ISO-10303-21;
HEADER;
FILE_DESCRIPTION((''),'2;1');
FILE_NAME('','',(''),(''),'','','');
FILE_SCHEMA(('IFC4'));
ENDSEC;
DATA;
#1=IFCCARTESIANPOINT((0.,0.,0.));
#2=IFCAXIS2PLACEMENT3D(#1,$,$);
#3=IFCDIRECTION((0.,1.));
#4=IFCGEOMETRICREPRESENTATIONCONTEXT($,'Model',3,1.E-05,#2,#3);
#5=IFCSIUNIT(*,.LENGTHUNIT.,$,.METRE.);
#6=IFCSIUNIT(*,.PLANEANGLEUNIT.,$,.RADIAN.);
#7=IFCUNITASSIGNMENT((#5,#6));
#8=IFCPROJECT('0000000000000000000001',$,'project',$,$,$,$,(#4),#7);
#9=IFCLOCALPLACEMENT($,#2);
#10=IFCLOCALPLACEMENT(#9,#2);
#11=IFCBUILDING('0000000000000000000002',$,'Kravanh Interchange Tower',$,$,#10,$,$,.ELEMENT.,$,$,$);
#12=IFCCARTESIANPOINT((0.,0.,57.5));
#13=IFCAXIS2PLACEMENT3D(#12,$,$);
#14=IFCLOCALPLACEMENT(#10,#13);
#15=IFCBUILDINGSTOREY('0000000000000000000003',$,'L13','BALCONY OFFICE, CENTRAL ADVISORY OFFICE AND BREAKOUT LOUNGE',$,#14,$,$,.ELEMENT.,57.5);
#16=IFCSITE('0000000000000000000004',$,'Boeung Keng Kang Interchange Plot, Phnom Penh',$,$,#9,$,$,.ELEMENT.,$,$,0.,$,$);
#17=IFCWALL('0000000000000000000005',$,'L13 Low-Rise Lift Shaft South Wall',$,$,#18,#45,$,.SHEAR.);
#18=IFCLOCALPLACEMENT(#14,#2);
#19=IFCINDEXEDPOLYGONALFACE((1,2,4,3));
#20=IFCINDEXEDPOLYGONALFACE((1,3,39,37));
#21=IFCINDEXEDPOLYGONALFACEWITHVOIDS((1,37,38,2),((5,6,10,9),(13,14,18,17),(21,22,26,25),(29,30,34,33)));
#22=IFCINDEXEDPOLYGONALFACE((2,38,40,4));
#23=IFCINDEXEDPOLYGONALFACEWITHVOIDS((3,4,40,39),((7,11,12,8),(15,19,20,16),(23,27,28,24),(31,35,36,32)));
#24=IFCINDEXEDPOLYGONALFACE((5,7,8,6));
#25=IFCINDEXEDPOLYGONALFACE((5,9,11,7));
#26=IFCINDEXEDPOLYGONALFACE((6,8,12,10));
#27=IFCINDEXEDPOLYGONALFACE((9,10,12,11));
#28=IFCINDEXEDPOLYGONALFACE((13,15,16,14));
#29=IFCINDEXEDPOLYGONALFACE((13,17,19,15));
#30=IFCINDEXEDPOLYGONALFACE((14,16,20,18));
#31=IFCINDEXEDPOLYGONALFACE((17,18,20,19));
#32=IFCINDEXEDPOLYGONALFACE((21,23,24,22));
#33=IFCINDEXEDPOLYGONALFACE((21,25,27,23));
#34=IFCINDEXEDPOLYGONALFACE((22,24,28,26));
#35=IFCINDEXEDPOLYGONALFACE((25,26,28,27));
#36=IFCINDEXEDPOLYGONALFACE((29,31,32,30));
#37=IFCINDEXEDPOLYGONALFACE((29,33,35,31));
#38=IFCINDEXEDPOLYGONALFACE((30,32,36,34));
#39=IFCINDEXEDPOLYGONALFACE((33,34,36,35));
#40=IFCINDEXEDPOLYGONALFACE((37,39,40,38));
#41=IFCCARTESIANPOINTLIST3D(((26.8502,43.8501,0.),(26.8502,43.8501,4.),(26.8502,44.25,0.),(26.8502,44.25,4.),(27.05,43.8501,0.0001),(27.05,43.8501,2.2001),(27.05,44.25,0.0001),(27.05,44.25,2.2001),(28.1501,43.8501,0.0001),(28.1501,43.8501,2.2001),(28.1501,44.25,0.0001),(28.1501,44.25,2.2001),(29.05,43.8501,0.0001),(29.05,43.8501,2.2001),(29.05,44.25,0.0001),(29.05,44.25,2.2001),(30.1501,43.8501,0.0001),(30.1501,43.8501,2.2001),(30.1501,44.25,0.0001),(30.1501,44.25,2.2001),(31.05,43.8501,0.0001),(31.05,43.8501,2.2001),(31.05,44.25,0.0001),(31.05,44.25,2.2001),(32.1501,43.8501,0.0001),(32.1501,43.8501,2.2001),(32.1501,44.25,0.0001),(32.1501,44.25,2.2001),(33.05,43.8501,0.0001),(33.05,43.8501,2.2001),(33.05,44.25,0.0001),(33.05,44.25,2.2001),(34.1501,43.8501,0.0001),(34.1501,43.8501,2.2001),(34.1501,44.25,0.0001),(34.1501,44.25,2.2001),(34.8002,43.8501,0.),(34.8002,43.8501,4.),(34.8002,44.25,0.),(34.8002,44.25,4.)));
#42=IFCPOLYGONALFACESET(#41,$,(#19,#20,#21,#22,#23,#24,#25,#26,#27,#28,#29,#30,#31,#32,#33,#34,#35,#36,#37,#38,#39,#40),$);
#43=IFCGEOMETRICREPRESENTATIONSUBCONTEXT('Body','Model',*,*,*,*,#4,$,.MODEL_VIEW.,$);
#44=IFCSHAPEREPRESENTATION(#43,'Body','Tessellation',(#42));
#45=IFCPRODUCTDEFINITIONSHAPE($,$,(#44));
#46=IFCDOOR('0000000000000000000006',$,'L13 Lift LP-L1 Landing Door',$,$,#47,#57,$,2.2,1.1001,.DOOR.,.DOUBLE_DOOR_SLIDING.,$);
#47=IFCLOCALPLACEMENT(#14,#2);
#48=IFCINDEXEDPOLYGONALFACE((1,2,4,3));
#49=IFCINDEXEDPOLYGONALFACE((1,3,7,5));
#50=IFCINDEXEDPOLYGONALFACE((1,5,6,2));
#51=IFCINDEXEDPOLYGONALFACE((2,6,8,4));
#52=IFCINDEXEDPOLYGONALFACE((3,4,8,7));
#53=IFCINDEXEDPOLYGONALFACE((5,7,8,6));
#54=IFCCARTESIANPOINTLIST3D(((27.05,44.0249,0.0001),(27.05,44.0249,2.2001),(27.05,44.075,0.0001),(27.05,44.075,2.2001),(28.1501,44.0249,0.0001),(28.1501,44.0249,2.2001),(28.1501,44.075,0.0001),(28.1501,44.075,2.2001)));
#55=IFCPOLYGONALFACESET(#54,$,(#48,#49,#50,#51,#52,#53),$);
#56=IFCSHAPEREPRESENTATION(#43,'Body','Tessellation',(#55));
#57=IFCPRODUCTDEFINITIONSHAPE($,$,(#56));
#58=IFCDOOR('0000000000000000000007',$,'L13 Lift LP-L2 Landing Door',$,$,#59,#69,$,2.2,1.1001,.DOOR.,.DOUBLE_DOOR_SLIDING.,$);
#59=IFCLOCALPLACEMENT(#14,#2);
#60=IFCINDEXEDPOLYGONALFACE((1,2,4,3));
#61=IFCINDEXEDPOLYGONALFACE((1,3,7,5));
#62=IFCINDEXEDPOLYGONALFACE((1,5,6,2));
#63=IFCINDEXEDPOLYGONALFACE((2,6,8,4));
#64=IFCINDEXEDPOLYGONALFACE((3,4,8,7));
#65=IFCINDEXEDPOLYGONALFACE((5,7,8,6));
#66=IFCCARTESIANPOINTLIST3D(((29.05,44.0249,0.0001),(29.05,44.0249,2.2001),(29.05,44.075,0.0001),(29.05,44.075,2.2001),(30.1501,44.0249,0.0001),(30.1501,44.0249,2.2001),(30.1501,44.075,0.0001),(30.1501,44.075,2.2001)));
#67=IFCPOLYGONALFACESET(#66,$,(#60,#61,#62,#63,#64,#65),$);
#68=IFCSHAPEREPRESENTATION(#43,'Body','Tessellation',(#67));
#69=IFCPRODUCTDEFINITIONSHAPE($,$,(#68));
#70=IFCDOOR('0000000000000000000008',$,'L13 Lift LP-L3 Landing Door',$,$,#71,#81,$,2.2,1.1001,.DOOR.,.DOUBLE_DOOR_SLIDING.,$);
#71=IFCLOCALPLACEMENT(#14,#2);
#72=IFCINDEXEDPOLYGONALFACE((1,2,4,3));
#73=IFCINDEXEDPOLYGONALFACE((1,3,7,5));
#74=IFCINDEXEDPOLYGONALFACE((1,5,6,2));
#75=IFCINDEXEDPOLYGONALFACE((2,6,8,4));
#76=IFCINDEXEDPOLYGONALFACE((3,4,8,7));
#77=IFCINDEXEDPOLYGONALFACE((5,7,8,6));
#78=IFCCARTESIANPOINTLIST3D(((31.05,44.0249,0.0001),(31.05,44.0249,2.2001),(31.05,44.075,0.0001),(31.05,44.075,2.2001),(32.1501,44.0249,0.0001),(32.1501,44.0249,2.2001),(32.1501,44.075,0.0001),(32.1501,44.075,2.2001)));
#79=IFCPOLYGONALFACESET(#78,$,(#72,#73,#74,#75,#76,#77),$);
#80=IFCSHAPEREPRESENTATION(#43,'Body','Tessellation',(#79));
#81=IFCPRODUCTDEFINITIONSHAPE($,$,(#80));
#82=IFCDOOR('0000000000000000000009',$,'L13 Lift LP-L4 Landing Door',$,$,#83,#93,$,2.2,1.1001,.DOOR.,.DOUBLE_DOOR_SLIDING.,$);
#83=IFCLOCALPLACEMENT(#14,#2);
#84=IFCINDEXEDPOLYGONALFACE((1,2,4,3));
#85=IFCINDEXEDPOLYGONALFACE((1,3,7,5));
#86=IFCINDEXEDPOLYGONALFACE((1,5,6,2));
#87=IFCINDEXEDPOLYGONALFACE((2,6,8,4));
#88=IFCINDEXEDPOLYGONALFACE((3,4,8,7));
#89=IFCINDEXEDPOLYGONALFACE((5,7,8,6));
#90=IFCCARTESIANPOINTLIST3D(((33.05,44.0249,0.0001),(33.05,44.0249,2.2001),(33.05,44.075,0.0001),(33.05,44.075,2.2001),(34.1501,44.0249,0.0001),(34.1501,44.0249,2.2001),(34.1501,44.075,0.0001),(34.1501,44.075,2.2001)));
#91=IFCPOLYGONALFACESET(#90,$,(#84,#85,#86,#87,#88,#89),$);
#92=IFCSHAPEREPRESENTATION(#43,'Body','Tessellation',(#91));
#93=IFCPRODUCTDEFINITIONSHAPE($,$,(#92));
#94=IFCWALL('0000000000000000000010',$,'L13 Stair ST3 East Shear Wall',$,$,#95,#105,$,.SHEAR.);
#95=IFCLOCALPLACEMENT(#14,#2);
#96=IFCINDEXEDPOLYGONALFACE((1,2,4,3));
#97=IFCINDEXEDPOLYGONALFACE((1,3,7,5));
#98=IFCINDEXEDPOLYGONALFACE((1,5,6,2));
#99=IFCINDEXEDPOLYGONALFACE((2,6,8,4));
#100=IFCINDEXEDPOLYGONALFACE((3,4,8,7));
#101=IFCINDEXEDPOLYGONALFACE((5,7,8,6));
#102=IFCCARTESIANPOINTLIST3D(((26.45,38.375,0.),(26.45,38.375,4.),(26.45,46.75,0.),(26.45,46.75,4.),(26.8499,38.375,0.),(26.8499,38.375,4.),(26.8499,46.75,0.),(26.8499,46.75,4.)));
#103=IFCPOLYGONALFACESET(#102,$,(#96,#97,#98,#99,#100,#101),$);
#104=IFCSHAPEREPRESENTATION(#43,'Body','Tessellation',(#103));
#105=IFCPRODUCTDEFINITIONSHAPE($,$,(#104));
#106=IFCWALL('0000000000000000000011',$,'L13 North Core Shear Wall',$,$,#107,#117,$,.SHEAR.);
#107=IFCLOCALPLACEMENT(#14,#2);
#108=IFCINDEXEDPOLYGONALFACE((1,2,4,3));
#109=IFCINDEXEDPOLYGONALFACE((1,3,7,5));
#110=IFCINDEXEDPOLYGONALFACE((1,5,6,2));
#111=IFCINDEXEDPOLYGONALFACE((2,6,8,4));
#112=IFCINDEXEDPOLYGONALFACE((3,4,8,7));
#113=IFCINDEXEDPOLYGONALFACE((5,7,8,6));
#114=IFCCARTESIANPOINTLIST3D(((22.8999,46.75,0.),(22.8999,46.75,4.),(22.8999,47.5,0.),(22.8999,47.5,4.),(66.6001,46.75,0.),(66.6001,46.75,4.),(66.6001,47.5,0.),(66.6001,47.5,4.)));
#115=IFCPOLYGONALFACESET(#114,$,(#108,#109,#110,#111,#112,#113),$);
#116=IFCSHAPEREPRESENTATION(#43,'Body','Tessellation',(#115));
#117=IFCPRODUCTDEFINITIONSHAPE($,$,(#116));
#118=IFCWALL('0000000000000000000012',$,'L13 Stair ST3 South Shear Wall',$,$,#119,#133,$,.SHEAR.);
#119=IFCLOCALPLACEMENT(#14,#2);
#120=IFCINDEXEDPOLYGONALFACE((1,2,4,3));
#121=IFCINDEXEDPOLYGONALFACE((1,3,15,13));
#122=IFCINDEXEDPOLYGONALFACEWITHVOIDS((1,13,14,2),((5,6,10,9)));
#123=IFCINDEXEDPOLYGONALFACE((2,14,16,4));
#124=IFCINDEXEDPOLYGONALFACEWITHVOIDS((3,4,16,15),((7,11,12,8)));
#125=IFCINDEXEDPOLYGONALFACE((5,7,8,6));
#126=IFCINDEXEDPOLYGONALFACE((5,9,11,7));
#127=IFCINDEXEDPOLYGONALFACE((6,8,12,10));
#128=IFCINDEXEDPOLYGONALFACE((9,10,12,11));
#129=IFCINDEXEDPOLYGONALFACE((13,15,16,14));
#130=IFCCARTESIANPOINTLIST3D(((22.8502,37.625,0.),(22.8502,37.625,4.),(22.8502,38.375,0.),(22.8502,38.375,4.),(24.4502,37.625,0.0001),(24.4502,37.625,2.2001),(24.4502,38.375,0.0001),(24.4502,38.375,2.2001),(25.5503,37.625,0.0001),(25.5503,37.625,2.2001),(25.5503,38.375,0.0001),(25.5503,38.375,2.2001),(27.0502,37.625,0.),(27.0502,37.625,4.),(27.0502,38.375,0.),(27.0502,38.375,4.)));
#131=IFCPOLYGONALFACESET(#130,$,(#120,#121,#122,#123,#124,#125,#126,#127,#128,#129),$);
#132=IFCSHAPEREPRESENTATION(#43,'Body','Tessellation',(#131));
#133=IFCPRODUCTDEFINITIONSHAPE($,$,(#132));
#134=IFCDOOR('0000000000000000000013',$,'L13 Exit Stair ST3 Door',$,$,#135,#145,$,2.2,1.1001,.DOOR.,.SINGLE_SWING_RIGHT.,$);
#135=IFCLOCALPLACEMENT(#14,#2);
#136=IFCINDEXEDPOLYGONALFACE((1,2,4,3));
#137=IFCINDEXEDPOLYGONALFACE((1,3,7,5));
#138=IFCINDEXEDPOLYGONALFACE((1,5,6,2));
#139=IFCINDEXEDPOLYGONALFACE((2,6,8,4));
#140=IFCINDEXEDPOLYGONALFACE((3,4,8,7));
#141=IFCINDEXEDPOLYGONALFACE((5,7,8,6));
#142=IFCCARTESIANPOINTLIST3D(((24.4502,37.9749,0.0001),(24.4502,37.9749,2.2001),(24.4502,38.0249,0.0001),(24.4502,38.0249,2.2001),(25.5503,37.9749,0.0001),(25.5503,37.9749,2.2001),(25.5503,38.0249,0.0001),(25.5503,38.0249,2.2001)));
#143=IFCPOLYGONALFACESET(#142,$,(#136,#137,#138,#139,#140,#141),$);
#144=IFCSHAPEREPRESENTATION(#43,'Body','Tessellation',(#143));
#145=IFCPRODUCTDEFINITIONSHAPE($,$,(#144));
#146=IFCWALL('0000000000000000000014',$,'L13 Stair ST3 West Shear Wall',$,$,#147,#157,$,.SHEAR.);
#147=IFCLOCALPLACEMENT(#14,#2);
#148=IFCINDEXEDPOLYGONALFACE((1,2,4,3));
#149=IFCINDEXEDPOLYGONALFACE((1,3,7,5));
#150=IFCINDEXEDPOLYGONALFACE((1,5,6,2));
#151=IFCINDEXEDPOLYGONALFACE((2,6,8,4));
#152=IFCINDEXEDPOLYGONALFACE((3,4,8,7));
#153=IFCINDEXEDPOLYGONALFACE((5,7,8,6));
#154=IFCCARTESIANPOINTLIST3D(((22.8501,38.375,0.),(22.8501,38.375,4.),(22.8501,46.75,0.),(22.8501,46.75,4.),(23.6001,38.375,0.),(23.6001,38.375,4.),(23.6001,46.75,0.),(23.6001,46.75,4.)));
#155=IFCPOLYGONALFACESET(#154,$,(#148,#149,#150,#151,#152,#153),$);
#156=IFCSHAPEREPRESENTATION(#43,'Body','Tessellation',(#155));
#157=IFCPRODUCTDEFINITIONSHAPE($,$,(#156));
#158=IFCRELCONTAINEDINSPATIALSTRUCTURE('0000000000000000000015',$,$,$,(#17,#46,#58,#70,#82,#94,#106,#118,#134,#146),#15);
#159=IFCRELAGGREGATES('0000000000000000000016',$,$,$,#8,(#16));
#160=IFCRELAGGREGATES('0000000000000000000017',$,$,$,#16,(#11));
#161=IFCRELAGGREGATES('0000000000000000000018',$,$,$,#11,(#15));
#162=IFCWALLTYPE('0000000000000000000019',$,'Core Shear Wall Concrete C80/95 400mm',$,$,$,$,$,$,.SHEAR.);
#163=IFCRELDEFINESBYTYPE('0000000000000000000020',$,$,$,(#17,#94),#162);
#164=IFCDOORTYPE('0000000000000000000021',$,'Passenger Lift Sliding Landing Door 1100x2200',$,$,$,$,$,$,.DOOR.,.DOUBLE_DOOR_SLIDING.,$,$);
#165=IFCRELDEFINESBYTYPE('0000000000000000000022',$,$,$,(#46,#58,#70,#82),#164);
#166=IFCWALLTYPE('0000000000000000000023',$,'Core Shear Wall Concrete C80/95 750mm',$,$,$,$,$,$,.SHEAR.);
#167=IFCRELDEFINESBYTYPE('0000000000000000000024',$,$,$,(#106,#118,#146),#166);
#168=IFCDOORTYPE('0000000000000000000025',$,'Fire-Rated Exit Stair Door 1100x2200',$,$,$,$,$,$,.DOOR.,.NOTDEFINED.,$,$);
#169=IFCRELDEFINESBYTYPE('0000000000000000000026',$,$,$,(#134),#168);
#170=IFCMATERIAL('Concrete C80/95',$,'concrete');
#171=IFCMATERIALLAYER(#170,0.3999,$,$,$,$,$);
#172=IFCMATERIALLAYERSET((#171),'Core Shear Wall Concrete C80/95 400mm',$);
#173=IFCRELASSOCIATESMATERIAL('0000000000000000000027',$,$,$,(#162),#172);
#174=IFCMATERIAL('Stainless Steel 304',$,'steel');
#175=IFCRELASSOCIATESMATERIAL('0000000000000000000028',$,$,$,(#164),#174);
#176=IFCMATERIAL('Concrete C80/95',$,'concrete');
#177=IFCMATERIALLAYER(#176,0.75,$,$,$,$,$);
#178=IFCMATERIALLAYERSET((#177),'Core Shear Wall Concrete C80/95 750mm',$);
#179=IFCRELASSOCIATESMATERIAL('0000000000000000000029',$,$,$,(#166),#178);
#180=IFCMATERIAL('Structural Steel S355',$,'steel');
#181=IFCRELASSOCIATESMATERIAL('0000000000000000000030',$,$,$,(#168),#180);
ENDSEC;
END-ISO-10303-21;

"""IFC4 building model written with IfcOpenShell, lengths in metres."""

from ifc_helpers import new_model, si_unit, direction, frame, frame_2d, origin, place, context, subcontext, project, spatial, rectangle, extrude, material, layer, layer_set, type_object, element, fill, save


model = new_model("IFC4")

# Units and contexts
model_context = context("Model", 3, precision=1e-05, world=origin(), true_north=direction((0.0, 1.0)))
body_context = subcontext(model_context, "Body", "Model", "MODEL_VIEW")
ifc_project = project(units=[si_unit("LENGTHUNIT", "METRE"), si_unit("PLANEANGLEUNIT", "RADIAN")], contexts=[model_context])

# Site, building, storey
site_placement = place(None, origin())
site = spatial("IfcSite", under=ifc_project, at=site_placement, Name="Boeung Keng Kang Interchange Plot, Phnom Penh", CompositionType="ELEMENT", RefElevation=0.0)
building_placement = place(site_placement, origin())
building = spatial("IfcBuilding", under=site, at=building_placement, Name="Kravanh Interchange Tower", CompositionType="ELEMENT")
storey_placement = place(building_placement, frame((0.0, 0.0, 57.5)))
storey = spatial("IfcBuildingStorey", under=building, at=storey_placement, Name="L13", Description="BALCONY OFFICE, CENTRAL ADVISORY OFFICE AND BREAKOUT LOUNGE", CompositionType="ELEMENT", Elevation=57.5)

# Wall, openings, doors
ifc_material_1 = material(Name="Concrete C80/95", Category="concrete")
ifc_layer_1 = layer(ifc_material_1, 0.3999)
ifc_layer_set_1 = layer_set([ifc_layer_1], Name="Core Shear Wall Concrete C80/95 400mm")
wall_type_1 = type_object("IfcWallType", Name="Core Shear Wall Concrete C80/95 400mm", PredefinedType="SHEAR", material=ifc_layer_set_1)
wall_1_placement = place(storey_placement, frame((26.8501, 44.05, 0.0), z_axis=(0.0, 0.0, 1.0), x_axis=(1.0, 0.0, 0.0)))
wall_1 = element("IfcWall", 1, at=wall_1_placement, inside=storey, type_object=wall_type_1, Name="L13 Low-Rise Lift Shaft South Wall", PredefinedType="SHEAR", context=body_context, shape_type="SweptSolid", body=[
    extrude(rectangle(XDim=7.95, YDim=0.3999, at=frame_2d((3.9751, 0.0))), origin(), (0.0, 0.0, 1.0), 4.0),
])
opening_1_placement = place(wall_1_placement, frame((0.2, 0.0, 0.0)))
opening_1 = element("IfcOpeningElement", 2, at=opening_1_placement, cuts=wall_1, PredefinedType="OPENING", context=body_context, shape_type="SweptSolid", body=[
    extrude(rectangle(XDim=1.1001, YDim=2.2, at=frame_2d((0.55, 1.1001))), frame((0.0, 0.21, 0.0), z_axis=(0.0, -1.0, 0.0), x_axis=(1.0, 0.0, 0.0)), (0.0, 0.0, 1.0), 0.4199),
])
opening_2_placement = place(wall_1_placement, frame((2.2, 0.0, 0.0)))
opening_2 = element("IfcOpeningElement", 3, at=opening_2_placement, cuts=wall_1, PredefinedType="OPENING", context=body_context, shape_type="SweptSolid", body=[
    extrude(rectangle(XDim=1.1001, YDim=2.2, at=frame_2d((0.55, 1.1001))), frame((0.0, 0.21, 0.0), z_axis=(0.0, -1.0, 0.0), x_axis=(1.0, 0.0, 0.0)), (0.0, 0.0, 1.0), 0.4199),
])
opening_3_placement = place(wall_1_placement, frame((4.2, 0.0, 0.0)))
opening_3 = element("IfcOpeningElement", 4, at=opening_3_placement, cuts=wall_1, PredefinedType="OPENING", context=body_context, shape_type="SweptSolid", body=[
    extrude(rectangle(XDim=1.1001, YDim=2.2, at=frame_2d((0.55, 1.1001))), frame((0.0, 0.21, 0.0), z_axis=(0.0, -1.0, 0.0), x_axis=(1.0, 0.0, 0.0)), (0.0, 0.0, 1.0), 0.4199),
])
opening_4_placement = place(wall_1_placement, frame((6.2, 0.0, 0.0)))
opening_4 = element("IfcOpeningElement", 5, at=opening_4_placement, cuts=wall_1, PredefinedType="OPENING", context=body_context, shape_type="SweptSolid", body=[
    extrude(rectangle(XDim=1.1001, YDim=2.2, at=frame_2d((0.55, 1.1001))), frame((0.0, 0.21, 0.0), z_axis=(0.0, -1.0, 0.0), x_axis=(1.0, 0.0, 0.0)), (0.0, 0.0, 1.0), 0.4199),
])
ifc_material_2 = material(Name="Stainless Steel 304", Category="steel")
door_type_1 = type_object("IfcDoorType", Name="Passenger Lift Sliding Landing Door 1100x2200", OperationType="DOUBLE_DOOR_SLIDING", PredefinedType="DOOR", material=ifc_material_2)
door_1_placement = place(opening_1_placement, origin())
door_1 = element("IfcDoor", 6, at=door_1_placement, inside=storey, type_object=door_type_1, Name="L13 Lift LP-L1 Landing Door", OperationType="DOUBLE_DOOR_SLIDING", OverallHeight=2.2, OverallWidth=1.1001, PredefinedType="DOOR", context=body_context, shape_type="SweptSolid", body=[
    extrude(rectangle(XDim=1.1001, YDim=2.2, at=frame_2d((0.55, 1.1001))), frame((0.0, 0.0249, 0.0), z_axis=(0.0, -1.0, 0.0), x_axis=(1.0, 0.0, 0.0)), (0.0, 0.0, 1.0), 0.05),
])
fill(opening_1, door_1)
door_2_placement = place(opening_2_placement, origin())
door_2 = element("IfcDoor", 7, at=door_2_placement, inside=storey, type_object=door_type_1, Name="L13 Lift LP-L2 Landing Door", OperationType="DOUBLE_DOOR_SLIDING", OverallHeight=2.2, OverallWidth=1.1001, PredefinedType="DOOR", context=body_context, shape_type="SweptSolid", body=[
    extrude(rectangle(XDim=1.1001, YDim=2.2, at=frame_2d((0.55, 1.1001))), frame((0.0, 0.0249, 0.0), z_axis=(0.0, -1.0, 0.0), x_axis=(1.0, 0.0, 0.0)), (0.0, 0.0, 1.0), 0.05),
])
fill(opening_2, door_2)
door_3_placement = place(opening_3_placement, origin())
door_3 = element("IfcDoor", 8, at=door_3_placement, inside=storey, type_object=door_type_1, Name="L13 Lift LP-L3 Landing Door", OperationType="DOUBLE_DOOR_SLIDING", OverallHeight=2.2, OverallWidth=1.1001, PredefinedType="DOOR", context=body_context, shape_type="SweptSolid", body=[
    extrude(rectangle(XDim=1.1001, YDim=2.2, at=frame_2d((0.55, 1.1001))), frame((0.0, 0.0249, 0.0), z_axis=(0.0, -1.0, 0.0), x_axis=(1.0, 0.0, 0.0)), (0.0, 0.0, 1.0), 0.05),
])
fill(opening_3, door_3)
door_4_placement = place(opening_4_placement, origin())
door_4 = element("IfcDoor", 9, at=door_4_placement, inside=storey, type_object=door_type_1, Name="L13 Lift LP-L4 Landing Door", OperationType="DOUBLE_DOOR_SLIDING", OverallHeight=2.2, OverallWidth=1.1001, PredefinedType="DOOR", context=body_context, shape_type="SweptSolid", body=[
    extrude(rectangle(XDim=1.1001, YDim=2.2, at=frame_2d((0.55, 1.1001))), frame((0.0, 0.0249, 0.0), z_axis=(0.0, -1.0, 0.0), x_axis=(1.0, 0.0, 0.0)), (0.0, 0.0, 1.0), 0.05),
])
fill(opening_4, door_4)

# Walls
wall_2_placement = place(storey_placement, frame((26.6499, 38.375, 0.0), z_axis=(0.0, 0.0, 1.0), x_axis=(0.0, 1.0, 0.0)))
element("IfcWall", 10, at=wall_2_placement, inside=storey, type_object=wall_type_1, Name="L13 Stair ST3 East Shear Wall", PredefinedType="SHEAR", context=body_context, shape_type="SweptSolid", body=[
    extrude(rectangle(XDim=8.375, YDim=0.3999, at=frame_2d((4.1875, 0.0))), origin(), (0.0, 0.0, 1.0), 4.0),
])
ifc_material_3 = material(Name="Concrete C80/95", Category="concrete")
ifc_layer_2 = layer(ifc_material_3, 0.75)
ifc_layer_set_2 = layer_set([ifc_layer_2], Name="Core Shear Wall Concrete C80/95 750mm")
wall_type_2 = type_object("IfcWallType", Name="Core Shear Wall Concrete C80/95 750mm", PredefinedType="SHEAR", material=ifc_layer_set_2)
wall_3_placement = place(storey_placement, frame((22.8999, 47.125, 0.0), z_axis=(0.0, 0.0, 1.0), x_axis=(1.0, 0.0, 0.0)))
element("IfcWall", 11, at=wall_3_placement, inside=storey, type_object=wall_type_2, Name="L13 North Core Shear Wall", PredefinedType="SHEAR", context=body_context, shape_type="SweptSolid", body=[
    extrude(rectangle(XDim=43.7002, YDim=0.75, at=frame_2d((21.8501, 0.0))), origin(), (0.0, 0.0, 1.0), 4.0),
])

# Wall, opening, door
wall_4_placement = place(storey_placement, frame((22.8501, 38.0, 0.0), z_axis=(0.0, 0.0, 1.0), x_axis=(1.0, 0.0, 0.0)))
wall_4 = element("IfcWall", 12, at=wall_4_placement, inside=storey, type_object=wall_type_2, Name="L13 Stair ST3 South Shear Wall", PredefinedType="SHEAR", context=body_context, shape_type="SweptSolid", body=[
    extrude(rectangle(XDim=4.2, YDim=0.75, at=frame_2d((2.1001, 0.0))), origin(), (0.0, 0.0, 1.0), 4.0),
])
opening_5_placement = place(wall_4_placement, frame((1.6001, 0.0, 0.0)))
opening_5 = element("IfcOpeningElement", 13, at=opening_5_placement, cuts=wall_4, PredefinedType="OPENING", context=body_context, shape_type="SweptSolid", body=[
    extrude(rectangle(XDim=1.1001, YDim=2.2, at=frame_2d((0.55, 1.1001))), frame((0.0, 0.385, 0.0), z_axis=(0.0, -1.0, 0.0), x_axis=(1.0, 0.0, 0.0)), (0.0, 0.0, 1.0), 0.77),
])
ifc_material_4 = material(Name="Structural Steel S355", Category="steel")
door_type_2 = type_object("IfcDoorType", Name="Fire-Rated Exit Stair Door 1100x2200", OperationType="NOTDEFINED", PredefinedType="DOOR", material=ifc_material_4)
door_5_placement = place(opening_5_placement, origin())
door_5 = element("IfcDoor", 14, at=door_5_placement, inside=storey, type_object=door_type_2, Name="L13 Exit Stair ST3 Door", OperationType="SINGLE_SWING_RIGHT", OverallHeight=2.2, OverallWidth=1.1001, PredefinedType="DOOR", context=body_context, shape_type="SweptSolid", body=[
    extrude(rectangle(XDim=1.1001, YDim=2.2, at=frame_2d((0.55, 1.1001))), frame((0.0, 0.0249, 0.0), z_axis=(0.0, -1.0, 0.0), x_axis=(1.0, 0.0, 0.0)), (0.0, 0.0, 1.0), 0.05),
])
fill(opening_5, door_5)

# Wall
wall_5_placement = place(storey_placement, frame((23.2251, 38.375, 0.0), z_axis=(0.0, 0.0, 1.0), x_axis=(0.0, 1.0, 0.0)))
element("IfcWall", 15, at=wall_5_placement, inside=storey, type_object=wall_type_2, Name="L13 Stair ST3 West Shear Wall", PredefinedType="SHEAR", context=body_context, shape_type="SweptSolid", body=[
    extrude(rectangle(XDim=8.375, YDim=0.75, at=frame_2d((4.1875, 0.0))), origin(), (0.0, 0.0, 1.0), 4.0),
])

save(model, "model.ifc")
